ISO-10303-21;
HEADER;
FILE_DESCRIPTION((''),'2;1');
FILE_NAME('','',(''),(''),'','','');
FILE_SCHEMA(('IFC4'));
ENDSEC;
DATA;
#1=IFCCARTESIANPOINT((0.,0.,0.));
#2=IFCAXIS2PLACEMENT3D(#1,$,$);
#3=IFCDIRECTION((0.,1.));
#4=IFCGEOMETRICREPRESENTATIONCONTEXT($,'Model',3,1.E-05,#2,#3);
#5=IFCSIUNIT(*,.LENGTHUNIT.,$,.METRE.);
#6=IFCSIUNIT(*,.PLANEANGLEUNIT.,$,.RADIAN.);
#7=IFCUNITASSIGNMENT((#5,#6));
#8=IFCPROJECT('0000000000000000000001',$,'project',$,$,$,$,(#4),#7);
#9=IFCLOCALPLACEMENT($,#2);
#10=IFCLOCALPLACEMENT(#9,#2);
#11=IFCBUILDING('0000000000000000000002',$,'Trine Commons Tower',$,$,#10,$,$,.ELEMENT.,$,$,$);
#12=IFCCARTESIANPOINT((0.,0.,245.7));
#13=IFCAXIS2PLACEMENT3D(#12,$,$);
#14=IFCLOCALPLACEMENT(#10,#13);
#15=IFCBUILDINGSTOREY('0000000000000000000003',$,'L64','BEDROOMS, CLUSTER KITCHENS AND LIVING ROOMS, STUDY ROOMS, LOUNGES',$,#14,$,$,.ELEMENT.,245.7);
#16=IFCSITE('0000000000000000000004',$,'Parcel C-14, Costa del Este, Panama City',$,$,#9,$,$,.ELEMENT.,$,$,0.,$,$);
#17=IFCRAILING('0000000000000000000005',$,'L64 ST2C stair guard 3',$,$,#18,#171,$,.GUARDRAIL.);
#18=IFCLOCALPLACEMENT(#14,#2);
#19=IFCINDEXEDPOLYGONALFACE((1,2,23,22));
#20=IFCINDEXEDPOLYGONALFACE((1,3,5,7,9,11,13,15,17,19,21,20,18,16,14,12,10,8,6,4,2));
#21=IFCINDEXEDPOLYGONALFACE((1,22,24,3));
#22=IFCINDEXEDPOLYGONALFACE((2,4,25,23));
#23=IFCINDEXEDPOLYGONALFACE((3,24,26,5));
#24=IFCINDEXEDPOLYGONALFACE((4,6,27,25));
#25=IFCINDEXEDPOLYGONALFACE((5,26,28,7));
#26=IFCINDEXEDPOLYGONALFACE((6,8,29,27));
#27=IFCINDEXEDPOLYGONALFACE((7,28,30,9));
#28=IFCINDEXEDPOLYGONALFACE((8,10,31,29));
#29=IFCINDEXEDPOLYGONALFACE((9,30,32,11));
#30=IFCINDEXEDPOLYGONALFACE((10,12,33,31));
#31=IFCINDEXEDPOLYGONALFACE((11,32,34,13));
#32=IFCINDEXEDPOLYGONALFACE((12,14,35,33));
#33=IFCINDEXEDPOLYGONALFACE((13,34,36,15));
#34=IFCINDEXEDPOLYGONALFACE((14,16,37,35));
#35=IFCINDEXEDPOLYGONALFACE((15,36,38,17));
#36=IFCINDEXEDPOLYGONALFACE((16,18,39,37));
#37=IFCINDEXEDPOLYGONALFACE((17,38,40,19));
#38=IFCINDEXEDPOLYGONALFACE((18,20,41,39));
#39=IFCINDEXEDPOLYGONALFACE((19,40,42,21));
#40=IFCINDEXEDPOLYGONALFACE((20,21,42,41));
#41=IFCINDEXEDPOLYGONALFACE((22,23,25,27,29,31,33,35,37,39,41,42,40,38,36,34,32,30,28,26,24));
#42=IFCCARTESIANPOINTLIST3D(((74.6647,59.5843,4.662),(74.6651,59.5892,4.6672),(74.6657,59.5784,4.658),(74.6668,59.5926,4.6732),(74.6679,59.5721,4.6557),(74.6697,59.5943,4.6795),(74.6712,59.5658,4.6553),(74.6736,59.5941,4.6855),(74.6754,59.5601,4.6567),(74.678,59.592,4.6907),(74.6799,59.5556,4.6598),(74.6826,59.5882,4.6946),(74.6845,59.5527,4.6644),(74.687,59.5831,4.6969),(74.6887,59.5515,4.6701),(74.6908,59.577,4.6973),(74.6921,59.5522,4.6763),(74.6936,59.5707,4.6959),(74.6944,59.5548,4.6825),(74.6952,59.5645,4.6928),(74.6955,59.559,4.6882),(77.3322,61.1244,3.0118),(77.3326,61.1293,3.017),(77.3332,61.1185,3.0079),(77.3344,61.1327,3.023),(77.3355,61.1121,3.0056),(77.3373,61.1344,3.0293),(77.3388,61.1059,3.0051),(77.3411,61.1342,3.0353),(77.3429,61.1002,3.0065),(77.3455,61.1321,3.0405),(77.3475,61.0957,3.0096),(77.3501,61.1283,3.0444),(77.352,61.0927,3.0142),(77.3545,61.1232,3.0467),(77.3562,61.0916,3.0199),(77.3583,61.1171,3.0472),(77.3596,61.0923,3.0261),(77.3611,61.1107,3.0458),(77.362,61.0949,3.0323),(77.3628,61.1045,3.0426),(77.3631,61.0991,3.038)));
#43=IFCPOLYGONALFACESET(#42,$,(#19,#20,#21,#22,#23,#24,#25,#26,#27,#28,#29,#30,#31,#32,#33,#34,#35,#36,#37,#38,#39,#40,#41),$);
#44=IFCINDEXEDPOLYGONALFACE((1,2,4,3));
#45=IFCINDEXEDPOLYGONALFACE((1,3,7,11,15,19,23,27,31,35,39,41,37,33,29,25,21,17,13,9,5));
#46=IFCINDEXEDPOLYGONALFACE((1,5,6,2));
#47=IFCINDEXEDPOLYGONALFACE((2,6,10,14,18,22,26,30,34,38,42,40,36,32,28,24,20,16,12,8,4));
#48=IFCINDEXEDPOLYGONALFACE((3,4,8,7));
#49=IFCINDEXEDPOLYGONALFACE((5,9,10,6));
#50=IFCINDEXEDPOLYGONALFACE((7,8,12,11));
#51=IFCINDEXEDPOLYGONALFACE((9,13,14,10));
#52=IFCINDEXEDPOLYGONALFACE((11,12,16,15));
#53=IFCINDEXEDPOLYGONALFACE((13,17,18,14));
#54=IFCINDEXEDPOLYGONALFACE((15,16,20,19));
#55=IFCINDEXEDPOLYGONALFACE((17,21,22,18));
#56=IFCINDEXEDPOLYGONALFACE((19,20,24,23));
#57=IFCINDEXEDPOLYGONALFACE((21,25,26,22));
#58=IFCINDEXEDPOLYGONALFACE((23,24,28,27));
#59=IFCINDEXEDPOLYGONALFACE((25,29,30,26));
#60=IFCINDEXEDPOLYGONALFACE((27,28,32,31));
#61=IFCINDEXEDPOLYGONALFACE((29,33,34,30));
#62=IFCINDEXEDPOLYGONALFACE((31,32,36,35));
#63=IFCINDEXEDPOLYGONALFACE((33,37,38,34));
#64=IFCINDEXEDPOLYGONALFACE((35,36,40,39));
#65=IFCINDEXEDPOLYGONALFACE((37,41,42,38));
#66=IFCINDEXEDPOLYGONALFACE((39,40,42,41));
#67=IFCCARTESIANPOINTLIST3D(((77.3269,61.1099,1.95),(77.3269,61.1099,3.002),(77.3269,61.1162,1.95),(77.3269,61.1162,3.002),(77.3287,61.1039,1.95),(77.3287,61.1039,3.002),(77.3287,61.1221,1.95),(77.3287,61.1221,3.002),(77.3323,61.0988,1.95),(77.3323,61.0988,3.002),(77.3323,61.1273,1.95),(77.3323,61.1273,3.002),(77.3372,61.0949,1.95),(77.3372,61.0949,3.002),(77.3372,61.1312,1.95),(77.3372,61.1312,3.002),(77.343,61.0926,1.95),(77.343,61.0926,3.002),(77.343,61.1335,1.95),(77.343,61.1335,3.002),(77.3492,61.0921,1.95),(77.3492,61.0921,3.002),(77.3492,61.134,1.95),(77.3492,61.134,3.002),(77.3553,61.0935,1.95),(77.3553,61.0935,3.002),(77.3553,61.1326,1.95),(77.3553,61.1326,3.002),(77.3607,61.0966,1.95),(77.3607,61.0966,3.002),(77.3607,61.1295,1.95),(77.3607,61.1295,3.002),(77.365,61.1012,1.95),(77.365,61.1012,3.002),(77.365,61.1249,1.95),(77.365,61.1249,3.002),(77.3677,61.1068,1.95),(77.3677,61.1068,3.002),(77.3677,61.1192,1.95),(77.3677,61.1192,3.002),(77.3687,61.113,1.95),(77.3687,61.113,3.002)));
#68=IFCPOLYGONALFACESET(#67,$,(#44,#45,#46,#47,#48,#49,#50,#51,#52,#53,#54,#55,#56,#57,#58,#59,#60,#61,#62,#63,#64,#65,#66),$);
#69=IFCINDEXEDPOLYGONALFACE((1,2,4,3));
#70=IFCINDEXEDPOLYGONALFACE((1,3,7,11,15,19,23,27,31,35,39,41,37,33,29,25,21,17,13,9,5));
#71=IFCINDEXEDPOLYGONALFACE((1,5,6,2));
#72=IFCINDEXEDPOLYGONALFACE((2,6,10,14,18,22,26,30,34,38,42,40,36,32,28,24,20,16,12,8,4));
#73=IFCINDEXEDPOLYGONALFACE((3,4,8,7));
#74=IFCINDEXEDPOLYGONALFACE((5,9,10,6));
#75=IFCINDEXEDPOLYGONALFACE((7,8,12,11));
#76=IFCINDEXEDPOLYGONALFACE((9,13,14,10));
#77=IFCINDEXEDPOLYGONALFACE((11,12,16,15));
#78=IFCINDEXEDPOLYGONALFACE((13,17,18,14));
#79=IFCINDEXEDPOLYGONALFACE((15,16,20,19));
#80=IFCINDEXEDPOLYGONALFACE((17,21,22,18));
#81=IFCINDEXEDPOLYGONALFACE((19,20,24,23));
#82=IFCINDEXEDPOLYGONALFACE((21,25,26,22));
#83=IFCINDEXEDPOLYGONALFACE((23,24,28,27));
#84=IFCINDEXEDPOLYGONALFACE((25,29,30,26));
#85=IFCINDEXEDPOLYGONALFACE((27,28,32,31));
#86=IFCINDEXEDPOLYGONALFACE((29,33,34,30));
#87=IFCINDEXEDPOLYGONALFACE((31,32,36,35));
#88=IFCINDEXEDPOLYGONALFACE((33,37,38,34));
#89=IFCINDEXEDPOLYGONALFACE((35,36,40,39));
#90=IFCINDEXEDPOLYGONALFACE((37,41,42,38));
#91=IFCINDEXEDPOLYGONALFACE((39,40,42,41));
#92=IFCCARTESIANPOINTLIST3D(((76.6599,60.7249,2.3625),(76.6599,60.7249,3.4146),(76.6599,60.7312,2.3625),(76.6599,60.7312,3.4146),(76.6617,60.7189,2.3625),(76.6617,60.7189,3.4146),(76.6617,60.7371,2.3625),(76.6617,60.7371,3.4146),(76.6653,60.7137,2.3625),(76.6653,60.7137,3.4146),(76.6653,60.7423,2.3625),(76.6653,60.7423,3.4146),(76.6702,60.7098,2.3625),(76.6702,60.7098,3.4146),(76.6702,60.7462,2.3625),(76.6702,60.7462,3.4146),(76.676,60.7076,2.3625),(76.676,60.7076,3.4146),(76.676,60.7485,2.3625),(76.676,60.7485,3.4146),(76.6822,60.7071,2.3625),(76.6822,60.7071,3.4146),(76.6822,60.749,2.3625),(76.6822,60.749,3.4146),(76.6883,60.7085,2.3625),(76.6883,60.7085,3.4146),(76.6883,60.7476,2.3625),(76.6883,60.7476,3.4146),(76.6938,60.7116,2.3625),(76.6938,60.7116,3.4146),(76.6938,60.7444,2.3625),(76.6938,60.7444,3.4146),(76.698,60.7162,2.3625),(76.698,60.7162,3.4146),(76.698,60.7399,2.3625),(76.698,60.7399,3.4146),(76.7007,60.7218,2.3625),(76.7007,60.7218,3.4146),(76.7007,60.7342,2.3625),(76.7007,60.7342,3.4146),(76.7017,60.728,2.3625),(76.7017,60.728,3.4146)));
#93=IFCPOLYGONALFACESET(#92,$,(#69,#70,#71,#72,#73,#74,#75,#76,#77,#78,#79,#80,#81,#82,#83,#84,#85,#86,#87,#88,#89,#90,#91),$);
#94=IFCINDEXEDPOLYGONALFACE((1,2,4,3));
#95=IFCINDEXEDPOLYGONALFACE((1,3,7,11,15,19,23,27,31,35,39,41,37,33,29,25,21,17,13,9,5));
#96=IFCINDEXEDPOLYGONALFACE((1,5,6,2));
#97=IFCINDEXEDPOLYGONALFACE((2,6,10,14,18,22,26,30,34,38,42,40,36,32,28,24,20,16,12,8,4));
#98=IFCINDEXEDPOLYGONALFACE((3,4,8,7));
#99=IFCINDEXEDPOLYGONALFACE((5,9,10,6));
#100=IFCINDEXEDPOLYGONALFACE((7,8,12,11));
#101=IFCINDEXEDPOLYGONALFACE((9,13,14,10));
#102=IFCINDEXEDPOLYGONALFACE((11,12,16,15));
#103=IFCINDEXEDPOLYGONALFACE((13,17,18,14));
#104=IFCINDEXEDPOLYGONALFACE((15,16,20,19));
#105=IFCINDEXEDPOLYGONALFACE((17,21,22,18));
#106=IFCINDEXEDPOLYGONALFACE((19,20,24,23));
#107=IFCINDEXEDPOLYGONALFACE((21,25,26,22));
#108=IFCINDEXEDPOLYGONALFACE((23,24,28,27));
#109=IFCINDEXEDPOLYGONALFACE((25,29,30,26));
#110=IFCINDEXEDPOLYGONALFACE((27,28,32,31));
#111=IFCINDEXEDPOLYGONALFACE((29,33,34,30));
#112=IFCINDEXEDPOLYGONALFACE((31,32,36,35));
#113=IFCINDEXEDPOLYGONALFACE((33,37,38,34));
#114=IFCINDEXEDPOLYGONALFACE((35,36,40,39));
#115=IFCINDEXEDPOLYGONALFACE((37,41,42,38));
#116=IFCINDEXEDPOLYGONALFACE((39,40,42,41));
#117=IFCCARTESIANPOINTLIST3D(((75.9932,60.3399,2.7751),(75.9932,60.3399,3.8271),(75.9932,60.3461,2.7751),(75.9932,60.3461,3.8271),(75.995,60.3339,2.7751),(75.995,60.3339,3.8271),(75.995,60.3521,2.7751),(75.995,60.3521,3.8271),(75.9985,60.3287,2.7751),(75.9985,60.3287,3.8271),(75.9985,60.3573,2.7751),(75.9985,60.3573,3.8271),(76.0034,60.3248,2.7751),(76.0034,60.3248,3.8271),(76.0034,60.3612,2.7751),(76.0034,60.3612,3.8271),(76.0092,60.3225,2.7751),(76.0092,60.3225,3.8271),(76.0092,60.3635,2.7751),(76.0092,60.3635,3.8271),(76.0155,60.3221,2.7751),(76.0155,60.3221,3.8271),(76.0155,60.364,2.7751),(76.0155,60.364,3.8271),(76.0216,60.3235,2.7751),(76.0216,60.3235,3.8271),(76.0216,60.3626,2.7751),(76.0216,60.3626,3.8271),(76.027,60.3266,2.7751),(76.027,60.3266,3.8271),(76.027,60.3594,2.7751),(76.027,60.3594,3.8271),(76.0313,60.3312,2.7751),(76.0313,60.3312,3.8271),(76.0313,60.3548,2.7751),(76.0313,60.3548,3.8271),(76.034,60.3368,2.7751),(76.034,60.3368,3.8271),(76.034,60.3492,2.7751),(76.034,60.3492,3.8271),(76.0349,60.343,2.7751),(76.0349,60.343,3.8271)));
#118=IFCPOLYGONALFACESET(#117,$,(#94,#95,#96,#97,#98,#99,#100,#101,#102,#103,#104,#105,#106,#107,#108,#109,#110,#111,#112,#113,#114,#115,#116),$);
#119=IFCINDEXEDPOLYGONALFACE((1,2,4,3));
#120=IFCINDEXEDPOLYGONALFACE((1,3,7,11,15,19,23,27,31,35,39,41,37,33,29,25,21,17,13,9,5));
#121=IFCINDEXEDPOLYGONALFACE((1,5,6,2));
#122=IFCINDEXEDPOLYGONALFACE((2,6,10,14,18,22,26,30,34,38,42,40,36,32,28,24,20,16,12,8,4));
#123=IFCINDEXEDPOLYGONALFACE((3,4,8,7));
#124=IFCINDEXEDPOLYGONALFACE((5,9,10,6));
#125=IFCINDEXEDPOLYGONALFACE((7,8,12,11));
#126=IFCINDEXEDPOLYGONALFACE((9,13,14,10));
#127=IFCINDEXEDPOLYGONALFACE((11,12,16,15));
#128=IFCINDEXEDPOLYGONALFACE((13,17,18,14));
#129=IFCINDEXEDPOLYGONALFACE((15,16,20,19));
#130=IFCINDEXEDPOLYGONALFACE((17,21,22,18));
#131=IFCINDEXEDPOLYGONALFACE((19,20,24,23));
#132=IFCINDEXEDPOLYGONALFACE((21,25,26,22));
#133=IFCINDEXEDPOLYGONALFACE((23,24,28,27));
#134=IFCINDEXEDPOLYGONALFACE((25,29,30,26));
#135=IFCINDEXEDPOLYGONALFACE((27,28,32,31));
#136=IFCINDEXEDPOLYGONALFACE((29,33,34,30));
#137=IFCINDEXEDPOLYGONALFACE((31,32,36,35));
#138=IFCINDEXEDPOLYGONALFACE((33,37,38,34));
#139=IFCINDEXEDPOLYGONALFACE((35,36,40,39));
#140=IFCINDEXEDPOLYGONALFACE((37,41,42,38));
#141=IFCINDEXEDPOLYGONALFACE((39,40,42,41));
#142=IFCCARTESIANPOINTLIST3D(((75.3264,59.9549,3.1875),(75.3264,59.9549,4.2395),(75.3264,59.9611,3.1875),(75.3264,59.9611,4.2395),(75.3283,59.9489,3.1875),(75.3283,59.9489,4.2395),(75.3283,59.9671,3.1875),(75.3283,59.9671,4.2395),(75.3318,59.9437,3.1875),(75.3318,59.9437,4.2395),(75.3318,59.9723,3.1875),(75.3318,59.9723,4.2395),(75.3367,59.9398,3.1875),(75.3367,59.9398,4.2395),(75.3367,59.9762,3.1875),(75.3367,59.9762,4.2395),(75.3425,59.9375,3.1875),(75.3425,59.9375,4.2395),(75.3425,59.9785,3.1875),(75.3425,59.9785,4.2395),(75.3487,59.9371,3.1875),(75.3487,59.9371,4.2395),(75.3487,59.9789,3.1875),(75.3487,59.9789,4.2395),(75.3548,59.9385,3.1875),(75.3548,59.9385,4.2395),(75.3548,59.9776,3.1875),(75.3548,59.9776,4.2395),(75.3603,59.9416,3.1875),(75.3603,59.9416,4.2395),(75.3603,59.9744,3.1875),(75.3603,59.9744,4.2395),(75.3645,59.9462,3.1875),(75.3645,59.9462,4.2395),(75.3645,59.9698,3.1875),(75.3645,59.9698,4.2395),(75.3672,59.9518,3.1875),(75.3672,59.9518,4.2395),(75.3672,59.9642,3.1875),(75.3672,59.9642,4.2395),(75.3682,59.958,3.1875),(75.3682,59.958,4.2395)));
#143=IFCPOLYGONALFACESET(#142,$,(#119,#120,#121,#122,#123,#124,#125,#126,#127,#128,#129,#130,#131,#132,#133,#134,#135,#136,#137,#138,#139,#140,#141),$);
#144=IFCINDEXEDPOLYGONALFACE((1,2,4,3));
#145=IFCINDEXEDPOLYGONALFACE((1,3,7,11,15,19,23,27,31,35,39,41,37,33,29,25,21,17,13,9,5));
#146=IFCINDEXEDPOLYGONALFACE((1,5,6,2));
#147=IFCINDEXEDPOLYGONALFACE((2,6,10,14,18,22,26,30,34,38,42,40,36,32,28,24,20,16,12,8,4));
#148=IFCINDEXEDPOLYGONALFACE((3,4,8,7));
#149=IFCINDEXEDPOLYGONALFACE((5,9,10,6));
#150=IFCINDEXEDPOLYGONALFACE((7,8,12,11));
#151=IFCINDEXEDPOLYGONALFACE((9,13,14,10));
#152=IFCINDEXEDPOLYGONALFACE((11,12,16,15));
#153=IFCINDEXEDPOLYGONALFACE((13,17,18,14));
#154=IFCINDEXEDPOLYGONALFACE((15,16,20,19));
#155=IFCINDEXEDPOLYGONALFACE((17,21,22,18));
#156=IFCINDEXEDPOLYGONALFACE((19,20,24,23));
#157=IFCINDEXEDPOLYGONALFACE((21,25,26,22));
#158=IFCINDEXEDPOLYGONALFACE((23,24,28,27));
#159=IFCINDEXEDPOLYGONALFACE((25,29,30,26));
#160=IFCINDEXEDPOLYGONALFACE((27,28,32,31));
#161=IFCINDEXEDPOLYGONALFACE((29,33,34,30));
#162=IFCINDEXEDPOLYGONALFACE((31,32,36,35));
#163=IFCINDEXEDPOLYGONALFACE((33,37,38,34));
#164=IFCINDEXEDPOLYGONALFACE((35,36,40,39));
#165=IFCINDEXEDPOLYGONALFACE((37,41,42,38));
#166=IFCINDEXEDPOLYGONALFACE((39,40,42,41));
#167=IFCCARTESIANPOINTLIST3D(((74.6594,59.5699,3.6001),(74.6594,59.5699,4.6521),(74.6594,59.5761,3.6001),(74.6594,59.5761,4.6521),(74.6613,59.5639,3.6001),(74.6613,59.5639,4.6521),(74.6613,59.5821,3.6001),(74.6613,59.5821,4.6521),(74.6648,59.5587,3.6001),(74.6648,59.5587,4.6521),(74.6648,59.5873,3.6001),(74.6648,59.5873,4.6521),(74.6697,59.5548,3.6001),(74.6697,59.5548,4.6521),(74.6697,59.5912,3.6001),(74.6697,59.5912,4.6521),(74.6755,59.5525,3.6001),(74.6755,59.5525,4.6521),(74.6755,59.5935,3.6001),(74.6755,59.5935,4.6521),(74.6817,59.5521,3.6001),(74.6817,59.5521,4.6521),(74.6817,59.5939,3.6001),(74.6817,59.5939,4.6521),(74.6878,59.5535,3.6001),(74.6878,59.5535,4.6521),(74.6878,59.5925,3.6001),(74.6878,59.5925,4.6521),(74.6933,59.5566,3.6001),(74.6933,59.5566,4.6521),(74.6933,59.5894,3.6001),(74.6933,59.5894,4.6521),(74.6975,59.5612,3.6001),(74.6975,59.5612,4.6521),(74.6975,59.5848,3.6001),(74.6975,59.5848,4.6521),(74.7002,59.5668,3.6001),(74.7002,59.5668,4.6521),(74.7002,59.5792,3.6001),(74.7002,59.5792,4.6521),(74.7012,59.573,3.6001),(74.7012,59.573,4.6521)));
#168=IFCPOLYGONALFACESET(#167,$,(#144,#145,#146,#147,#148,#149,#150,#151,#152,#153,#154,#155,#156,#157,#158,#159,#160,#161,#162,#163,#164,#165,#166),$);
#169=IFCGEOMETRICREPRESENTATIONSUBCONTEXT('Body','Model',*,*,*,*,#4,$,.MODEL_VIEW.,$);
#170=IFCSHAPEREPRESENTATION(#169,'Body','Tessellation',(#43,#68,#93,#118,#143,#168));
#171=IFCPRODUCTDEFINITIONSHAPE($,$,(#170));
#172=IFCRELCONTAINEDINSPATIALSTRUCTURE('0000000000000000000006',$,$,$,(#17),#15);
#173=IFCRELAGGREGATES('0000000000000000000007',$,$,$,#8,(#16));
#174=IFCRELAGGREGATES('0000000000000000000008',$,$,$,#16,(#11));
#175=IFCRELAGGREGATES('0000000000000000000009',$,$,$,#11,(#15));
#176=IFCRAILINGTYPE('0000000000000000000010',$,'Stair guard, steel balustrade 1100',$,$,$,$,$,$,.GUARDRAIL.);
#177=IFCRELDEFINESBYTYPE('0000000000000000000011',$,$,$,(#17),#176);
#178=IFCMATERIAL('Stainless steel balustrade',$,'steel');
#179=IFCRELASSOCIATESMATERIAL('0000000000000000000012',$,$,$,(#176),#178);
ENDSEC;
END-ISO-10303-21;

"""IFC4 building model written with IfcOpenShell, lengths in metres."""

from ifc_helpers import new_model, si_unit, direction, frame, origin, origin_2d, place, context, subcontext, project, spatial, circle, extrude, material, type_object, element, save


model = new_model("IFC4")

# Units and contexts
model_context = context("Model", 3, precision=1e-05, world=origin(), true_north=direction((0.0, 1.0)))
body_context = subcontext(model_context, "Body", "Model", "MODEL_VIEW")
ifc_project = project(units=[si_unit("LENGTHUNIT", "METRE"), si_unit("PLANEANGLEUNIT", "RADIAN")], contexts=[model_context])

# Site, building, storey
site_placement = place(None, origin())
site = spatial("IfcSite", under=ifc_project, at=site_placement, Name="Parcel C-14, Costa del Este, Panama City", CompositionType="ELEMENT", RefElevation=0.0)
building_placement = place(site_placement, origin())
building = spatial("IfcBuilding", under=site, at=building_placement, Name="Trine Commons Tower", CompositionType="ELEMENT")
storey_placement = place(building_placement, frame((0.0, 0.0, 245.7)))
storey = spatial("IfcBuildingStorey", under=building, at=storey_placement, Name="L64", Description="BEDROOMS, CLUSTER KITCHENS AND LIVING ROOMS, STUDY ROOMS, LOUNGES", CompositionType="ELEMENT", Elevation=245.7)

# Railing
ifc_material_1 = material(Name="Stainless steel balustrade", Category="steel")
railing_type_1 = type_object("IfcRailingType", Name="Stair guard, steel balustrade 1100", PredefinedType="GUARDRAIL", material=ifc_material_1)
railing_1_placement = place(storey_placement, frame((77.3477, 61.113, 1.95)))
element("IfcRailing", 1, at=railing_1_placement, inside=storey, type_object=railing_type_1, Name="L64 ST2C stair guard 3", PredefinedType="GUARDRAIL", context=body_context, shape_type="SweptSolid", body=[
    extrude(circle(Radius=0.0239, at=origin_2d()), frame((0.0, 0.0, 1.0762), z_axis=(-0.76338, -0.440728, 0.472239), x_axis=(0.499992, -0.86603, 0.0)), (0.0, 0.0, 1.0), 3.4944),
    extrude(circle(Radius=0.021, at=origin_2d()), origin(), (0.0, 0.0, 1.0), 1.052),
    extrude(circle(Radius=0.021, at=origin_2d()), frame((-0.667, -0.385, 0.4126)), (0.0, 0.0, 1.0), 1.052),
    extrude(circle(Radius=0.021, at=origin_2d()), frame((-1.3337, -0.77, 0.8252)), (0.0, 0.0, 1.0), 1.052),
    extrude(circle(Radius=0.021, at=origin_2d()), frame((-2.0005, -1.155, 1.2375)), (0.0, 0.0, 1.0), 1.052),
    extrude(circle(Radius=0.021, at=origin_2d()), frame((-2.6675, -1.54, 1.6501)), (0.0, 0.0, 1.0), 1.052),
])

save(model, "model.ifc")
